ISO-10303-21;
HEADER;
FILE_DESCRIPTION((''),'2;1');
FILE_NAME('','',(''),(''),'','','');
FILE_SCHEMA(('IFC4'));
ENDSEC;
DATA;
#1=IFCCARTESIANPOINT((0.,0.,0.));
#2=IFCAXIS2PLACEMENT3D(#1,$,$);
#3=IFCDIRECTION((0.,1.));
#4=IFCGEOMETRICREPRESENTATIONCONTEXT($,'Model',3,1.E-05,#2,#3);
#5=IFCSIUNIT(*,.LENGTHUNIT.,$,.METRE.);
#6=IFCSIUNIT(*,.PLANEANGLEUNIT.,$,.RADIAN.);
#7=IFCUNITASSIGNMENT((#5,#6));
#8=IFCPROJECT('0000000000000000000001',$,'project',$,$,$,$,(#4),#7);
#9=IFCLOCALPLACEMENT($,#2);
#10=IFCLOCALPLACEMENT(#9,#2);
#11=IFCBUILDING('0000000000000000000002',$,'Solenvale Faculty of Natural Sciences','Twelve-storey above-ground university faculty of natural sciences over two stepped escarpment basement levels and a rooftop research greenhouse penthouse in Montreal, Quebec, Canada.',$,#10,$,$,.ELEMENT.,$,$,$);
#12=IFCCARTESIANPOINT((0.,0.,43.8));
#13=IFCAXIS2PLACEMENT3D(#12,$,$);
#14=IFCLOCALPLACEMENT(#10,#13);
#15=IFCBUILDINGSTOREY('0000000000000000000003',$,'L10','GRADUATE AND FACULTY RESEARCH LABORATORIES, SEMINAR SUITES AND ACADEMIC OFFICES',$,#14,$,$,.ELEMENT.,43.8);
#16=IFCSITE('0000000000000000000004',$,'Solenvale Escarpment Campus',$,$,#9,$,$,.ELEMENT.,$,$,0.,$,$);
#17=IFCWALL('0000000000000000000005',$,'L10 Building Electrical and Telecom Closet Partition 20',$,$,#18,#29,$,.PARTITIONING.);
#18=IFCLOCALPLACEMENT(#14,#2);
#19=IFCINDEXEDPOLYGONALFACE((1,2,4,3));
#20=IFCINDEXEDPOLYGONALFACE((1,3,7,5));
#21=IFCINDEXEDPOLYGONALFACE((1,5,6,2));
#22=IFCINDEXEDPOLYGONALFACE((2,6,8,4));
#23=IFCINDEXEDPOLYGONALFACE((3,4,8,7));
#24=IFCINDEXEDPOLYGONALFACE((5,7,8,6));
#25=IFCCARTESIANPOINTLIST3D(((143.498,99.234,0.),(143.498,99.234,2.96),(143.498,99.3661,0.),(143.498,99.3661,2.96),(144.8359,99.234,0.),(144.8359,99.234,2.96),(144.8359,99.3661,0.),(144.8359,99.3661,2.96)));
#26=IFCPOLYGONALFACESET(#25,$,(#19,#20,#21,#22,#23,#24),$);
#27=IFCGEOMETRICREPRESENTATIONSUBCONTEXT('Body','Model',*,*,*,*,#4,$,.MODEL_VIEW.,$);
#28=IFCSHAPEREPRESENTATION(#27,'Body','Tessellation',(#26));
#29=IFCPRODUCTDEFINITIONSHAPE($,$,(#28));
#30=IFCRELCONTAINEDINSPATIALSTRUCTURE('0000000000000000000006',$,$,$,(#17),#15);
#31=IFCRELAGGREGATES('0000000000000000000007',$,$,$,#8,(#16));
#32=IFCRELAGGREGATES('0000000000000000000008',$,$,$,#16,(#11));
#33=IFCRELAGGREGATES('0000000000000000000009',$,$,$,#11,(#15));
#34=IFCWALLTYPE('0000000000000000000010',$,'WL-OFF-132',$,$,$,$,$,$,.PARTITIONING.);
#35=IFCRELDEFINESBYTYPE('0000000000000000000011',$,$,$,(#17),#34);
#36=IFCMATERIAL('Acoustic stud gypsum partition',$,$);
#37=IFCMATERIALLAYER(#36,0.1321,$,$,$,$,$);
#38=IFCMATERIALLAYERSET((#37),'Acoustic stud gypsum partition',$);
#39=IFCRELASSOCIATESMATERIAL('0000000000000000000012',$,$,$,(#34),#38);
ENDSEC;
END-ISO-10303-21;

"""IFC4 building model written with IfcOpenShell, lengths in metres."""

from ifc_helpers import new_model, si_unit, direction, frame, frame_2d, origin, place, context, subcontext, project, spatial, rectangle, extrude, material, layer, layer_set, type_object, element, save


model = new_model("IFC4")

# Units and contexts
model_context = context("Model", 3, precision=1e-05, world=origin(), true_north=direction((0.0, 1.0)))
body_context = subcontext(model_context, "Body", "Model", "MODEL_VIEW")
ifc_project = project(units=[si_unit("LENGTHUNIT", "METRE"), si_unit("PLANEANGLEUNIT", "RADIAN")], contexts=[model_context])

# Site, building, storey
site_placement = place(None, origin())
site = spatial("IfcSite", under=ifc_project, at=site_placement, Name="Solenvale Escarpment Campus", CompositionType="ELEMENT", RefElevation=0.0)
building_placement = place(site_placement, origin())
building = spatial("IfcBuilding", under=site, at=building_placement, Name="Solenvale Faculty of Natural Sciences", Description="Twelve-storey above-ground university faculty of natural sciences over two stepped escarpment basement levels and a rooftop research greenhouse penthouse in Montreal, Quebec, Canada.", CompositionType="ELEMENT")
storey_placement = place(building_placement, frame((0.0, 0.0, 43.8)))
storey = spatial("IfcBuildingStorey", under=building, at=storey_placement, Name="L10", Description="GRADUATE AND FACULTY RESEARCH LABORATORIES, SEMINAR SUITES AND ACADEMIC OFFICES", CompositionType="ELEMENT", Elevation=43.8)

# Wall
ifc_material_1 = material(Name="Acoustic stud gypsum partition")
ifc_layer_1 = layer(ifc_material_1, 0.1321)
ifc_layer_set_1 = layer_set([ifc_layer_1], Name="Acoustic stud gypsum partition")
wall_type_1 = type_object("IfcWallType", Name="WL-OFF-132", PredefinedType="PARTITIONING", material=ifc_layer_set_1)
wall_1_placement = place(storey_placement, frame((144.8359, 99.3, 0.0), z_axis=(0.0, 0.0, 1.0), x_axis=(-1.0, 0.0, 0.0)))
element("IfcWall", 1, at=wall_1_placement, inside=storey, type_object=wall_type_1, Name="L10 Building Electrical and Telecom Closet Partition 20", PredefinedType="PARTITIONING", context=body_context, shape_type="SweptSolid", body=[
    extrude(rectangle(XDim=1.3379, YDim=0.1321, at=frame_2d((0.6689, 0.0))), origin(), (0.0, 0.0, 1.0), 2.96),
])

save(model, "model.ifc")
